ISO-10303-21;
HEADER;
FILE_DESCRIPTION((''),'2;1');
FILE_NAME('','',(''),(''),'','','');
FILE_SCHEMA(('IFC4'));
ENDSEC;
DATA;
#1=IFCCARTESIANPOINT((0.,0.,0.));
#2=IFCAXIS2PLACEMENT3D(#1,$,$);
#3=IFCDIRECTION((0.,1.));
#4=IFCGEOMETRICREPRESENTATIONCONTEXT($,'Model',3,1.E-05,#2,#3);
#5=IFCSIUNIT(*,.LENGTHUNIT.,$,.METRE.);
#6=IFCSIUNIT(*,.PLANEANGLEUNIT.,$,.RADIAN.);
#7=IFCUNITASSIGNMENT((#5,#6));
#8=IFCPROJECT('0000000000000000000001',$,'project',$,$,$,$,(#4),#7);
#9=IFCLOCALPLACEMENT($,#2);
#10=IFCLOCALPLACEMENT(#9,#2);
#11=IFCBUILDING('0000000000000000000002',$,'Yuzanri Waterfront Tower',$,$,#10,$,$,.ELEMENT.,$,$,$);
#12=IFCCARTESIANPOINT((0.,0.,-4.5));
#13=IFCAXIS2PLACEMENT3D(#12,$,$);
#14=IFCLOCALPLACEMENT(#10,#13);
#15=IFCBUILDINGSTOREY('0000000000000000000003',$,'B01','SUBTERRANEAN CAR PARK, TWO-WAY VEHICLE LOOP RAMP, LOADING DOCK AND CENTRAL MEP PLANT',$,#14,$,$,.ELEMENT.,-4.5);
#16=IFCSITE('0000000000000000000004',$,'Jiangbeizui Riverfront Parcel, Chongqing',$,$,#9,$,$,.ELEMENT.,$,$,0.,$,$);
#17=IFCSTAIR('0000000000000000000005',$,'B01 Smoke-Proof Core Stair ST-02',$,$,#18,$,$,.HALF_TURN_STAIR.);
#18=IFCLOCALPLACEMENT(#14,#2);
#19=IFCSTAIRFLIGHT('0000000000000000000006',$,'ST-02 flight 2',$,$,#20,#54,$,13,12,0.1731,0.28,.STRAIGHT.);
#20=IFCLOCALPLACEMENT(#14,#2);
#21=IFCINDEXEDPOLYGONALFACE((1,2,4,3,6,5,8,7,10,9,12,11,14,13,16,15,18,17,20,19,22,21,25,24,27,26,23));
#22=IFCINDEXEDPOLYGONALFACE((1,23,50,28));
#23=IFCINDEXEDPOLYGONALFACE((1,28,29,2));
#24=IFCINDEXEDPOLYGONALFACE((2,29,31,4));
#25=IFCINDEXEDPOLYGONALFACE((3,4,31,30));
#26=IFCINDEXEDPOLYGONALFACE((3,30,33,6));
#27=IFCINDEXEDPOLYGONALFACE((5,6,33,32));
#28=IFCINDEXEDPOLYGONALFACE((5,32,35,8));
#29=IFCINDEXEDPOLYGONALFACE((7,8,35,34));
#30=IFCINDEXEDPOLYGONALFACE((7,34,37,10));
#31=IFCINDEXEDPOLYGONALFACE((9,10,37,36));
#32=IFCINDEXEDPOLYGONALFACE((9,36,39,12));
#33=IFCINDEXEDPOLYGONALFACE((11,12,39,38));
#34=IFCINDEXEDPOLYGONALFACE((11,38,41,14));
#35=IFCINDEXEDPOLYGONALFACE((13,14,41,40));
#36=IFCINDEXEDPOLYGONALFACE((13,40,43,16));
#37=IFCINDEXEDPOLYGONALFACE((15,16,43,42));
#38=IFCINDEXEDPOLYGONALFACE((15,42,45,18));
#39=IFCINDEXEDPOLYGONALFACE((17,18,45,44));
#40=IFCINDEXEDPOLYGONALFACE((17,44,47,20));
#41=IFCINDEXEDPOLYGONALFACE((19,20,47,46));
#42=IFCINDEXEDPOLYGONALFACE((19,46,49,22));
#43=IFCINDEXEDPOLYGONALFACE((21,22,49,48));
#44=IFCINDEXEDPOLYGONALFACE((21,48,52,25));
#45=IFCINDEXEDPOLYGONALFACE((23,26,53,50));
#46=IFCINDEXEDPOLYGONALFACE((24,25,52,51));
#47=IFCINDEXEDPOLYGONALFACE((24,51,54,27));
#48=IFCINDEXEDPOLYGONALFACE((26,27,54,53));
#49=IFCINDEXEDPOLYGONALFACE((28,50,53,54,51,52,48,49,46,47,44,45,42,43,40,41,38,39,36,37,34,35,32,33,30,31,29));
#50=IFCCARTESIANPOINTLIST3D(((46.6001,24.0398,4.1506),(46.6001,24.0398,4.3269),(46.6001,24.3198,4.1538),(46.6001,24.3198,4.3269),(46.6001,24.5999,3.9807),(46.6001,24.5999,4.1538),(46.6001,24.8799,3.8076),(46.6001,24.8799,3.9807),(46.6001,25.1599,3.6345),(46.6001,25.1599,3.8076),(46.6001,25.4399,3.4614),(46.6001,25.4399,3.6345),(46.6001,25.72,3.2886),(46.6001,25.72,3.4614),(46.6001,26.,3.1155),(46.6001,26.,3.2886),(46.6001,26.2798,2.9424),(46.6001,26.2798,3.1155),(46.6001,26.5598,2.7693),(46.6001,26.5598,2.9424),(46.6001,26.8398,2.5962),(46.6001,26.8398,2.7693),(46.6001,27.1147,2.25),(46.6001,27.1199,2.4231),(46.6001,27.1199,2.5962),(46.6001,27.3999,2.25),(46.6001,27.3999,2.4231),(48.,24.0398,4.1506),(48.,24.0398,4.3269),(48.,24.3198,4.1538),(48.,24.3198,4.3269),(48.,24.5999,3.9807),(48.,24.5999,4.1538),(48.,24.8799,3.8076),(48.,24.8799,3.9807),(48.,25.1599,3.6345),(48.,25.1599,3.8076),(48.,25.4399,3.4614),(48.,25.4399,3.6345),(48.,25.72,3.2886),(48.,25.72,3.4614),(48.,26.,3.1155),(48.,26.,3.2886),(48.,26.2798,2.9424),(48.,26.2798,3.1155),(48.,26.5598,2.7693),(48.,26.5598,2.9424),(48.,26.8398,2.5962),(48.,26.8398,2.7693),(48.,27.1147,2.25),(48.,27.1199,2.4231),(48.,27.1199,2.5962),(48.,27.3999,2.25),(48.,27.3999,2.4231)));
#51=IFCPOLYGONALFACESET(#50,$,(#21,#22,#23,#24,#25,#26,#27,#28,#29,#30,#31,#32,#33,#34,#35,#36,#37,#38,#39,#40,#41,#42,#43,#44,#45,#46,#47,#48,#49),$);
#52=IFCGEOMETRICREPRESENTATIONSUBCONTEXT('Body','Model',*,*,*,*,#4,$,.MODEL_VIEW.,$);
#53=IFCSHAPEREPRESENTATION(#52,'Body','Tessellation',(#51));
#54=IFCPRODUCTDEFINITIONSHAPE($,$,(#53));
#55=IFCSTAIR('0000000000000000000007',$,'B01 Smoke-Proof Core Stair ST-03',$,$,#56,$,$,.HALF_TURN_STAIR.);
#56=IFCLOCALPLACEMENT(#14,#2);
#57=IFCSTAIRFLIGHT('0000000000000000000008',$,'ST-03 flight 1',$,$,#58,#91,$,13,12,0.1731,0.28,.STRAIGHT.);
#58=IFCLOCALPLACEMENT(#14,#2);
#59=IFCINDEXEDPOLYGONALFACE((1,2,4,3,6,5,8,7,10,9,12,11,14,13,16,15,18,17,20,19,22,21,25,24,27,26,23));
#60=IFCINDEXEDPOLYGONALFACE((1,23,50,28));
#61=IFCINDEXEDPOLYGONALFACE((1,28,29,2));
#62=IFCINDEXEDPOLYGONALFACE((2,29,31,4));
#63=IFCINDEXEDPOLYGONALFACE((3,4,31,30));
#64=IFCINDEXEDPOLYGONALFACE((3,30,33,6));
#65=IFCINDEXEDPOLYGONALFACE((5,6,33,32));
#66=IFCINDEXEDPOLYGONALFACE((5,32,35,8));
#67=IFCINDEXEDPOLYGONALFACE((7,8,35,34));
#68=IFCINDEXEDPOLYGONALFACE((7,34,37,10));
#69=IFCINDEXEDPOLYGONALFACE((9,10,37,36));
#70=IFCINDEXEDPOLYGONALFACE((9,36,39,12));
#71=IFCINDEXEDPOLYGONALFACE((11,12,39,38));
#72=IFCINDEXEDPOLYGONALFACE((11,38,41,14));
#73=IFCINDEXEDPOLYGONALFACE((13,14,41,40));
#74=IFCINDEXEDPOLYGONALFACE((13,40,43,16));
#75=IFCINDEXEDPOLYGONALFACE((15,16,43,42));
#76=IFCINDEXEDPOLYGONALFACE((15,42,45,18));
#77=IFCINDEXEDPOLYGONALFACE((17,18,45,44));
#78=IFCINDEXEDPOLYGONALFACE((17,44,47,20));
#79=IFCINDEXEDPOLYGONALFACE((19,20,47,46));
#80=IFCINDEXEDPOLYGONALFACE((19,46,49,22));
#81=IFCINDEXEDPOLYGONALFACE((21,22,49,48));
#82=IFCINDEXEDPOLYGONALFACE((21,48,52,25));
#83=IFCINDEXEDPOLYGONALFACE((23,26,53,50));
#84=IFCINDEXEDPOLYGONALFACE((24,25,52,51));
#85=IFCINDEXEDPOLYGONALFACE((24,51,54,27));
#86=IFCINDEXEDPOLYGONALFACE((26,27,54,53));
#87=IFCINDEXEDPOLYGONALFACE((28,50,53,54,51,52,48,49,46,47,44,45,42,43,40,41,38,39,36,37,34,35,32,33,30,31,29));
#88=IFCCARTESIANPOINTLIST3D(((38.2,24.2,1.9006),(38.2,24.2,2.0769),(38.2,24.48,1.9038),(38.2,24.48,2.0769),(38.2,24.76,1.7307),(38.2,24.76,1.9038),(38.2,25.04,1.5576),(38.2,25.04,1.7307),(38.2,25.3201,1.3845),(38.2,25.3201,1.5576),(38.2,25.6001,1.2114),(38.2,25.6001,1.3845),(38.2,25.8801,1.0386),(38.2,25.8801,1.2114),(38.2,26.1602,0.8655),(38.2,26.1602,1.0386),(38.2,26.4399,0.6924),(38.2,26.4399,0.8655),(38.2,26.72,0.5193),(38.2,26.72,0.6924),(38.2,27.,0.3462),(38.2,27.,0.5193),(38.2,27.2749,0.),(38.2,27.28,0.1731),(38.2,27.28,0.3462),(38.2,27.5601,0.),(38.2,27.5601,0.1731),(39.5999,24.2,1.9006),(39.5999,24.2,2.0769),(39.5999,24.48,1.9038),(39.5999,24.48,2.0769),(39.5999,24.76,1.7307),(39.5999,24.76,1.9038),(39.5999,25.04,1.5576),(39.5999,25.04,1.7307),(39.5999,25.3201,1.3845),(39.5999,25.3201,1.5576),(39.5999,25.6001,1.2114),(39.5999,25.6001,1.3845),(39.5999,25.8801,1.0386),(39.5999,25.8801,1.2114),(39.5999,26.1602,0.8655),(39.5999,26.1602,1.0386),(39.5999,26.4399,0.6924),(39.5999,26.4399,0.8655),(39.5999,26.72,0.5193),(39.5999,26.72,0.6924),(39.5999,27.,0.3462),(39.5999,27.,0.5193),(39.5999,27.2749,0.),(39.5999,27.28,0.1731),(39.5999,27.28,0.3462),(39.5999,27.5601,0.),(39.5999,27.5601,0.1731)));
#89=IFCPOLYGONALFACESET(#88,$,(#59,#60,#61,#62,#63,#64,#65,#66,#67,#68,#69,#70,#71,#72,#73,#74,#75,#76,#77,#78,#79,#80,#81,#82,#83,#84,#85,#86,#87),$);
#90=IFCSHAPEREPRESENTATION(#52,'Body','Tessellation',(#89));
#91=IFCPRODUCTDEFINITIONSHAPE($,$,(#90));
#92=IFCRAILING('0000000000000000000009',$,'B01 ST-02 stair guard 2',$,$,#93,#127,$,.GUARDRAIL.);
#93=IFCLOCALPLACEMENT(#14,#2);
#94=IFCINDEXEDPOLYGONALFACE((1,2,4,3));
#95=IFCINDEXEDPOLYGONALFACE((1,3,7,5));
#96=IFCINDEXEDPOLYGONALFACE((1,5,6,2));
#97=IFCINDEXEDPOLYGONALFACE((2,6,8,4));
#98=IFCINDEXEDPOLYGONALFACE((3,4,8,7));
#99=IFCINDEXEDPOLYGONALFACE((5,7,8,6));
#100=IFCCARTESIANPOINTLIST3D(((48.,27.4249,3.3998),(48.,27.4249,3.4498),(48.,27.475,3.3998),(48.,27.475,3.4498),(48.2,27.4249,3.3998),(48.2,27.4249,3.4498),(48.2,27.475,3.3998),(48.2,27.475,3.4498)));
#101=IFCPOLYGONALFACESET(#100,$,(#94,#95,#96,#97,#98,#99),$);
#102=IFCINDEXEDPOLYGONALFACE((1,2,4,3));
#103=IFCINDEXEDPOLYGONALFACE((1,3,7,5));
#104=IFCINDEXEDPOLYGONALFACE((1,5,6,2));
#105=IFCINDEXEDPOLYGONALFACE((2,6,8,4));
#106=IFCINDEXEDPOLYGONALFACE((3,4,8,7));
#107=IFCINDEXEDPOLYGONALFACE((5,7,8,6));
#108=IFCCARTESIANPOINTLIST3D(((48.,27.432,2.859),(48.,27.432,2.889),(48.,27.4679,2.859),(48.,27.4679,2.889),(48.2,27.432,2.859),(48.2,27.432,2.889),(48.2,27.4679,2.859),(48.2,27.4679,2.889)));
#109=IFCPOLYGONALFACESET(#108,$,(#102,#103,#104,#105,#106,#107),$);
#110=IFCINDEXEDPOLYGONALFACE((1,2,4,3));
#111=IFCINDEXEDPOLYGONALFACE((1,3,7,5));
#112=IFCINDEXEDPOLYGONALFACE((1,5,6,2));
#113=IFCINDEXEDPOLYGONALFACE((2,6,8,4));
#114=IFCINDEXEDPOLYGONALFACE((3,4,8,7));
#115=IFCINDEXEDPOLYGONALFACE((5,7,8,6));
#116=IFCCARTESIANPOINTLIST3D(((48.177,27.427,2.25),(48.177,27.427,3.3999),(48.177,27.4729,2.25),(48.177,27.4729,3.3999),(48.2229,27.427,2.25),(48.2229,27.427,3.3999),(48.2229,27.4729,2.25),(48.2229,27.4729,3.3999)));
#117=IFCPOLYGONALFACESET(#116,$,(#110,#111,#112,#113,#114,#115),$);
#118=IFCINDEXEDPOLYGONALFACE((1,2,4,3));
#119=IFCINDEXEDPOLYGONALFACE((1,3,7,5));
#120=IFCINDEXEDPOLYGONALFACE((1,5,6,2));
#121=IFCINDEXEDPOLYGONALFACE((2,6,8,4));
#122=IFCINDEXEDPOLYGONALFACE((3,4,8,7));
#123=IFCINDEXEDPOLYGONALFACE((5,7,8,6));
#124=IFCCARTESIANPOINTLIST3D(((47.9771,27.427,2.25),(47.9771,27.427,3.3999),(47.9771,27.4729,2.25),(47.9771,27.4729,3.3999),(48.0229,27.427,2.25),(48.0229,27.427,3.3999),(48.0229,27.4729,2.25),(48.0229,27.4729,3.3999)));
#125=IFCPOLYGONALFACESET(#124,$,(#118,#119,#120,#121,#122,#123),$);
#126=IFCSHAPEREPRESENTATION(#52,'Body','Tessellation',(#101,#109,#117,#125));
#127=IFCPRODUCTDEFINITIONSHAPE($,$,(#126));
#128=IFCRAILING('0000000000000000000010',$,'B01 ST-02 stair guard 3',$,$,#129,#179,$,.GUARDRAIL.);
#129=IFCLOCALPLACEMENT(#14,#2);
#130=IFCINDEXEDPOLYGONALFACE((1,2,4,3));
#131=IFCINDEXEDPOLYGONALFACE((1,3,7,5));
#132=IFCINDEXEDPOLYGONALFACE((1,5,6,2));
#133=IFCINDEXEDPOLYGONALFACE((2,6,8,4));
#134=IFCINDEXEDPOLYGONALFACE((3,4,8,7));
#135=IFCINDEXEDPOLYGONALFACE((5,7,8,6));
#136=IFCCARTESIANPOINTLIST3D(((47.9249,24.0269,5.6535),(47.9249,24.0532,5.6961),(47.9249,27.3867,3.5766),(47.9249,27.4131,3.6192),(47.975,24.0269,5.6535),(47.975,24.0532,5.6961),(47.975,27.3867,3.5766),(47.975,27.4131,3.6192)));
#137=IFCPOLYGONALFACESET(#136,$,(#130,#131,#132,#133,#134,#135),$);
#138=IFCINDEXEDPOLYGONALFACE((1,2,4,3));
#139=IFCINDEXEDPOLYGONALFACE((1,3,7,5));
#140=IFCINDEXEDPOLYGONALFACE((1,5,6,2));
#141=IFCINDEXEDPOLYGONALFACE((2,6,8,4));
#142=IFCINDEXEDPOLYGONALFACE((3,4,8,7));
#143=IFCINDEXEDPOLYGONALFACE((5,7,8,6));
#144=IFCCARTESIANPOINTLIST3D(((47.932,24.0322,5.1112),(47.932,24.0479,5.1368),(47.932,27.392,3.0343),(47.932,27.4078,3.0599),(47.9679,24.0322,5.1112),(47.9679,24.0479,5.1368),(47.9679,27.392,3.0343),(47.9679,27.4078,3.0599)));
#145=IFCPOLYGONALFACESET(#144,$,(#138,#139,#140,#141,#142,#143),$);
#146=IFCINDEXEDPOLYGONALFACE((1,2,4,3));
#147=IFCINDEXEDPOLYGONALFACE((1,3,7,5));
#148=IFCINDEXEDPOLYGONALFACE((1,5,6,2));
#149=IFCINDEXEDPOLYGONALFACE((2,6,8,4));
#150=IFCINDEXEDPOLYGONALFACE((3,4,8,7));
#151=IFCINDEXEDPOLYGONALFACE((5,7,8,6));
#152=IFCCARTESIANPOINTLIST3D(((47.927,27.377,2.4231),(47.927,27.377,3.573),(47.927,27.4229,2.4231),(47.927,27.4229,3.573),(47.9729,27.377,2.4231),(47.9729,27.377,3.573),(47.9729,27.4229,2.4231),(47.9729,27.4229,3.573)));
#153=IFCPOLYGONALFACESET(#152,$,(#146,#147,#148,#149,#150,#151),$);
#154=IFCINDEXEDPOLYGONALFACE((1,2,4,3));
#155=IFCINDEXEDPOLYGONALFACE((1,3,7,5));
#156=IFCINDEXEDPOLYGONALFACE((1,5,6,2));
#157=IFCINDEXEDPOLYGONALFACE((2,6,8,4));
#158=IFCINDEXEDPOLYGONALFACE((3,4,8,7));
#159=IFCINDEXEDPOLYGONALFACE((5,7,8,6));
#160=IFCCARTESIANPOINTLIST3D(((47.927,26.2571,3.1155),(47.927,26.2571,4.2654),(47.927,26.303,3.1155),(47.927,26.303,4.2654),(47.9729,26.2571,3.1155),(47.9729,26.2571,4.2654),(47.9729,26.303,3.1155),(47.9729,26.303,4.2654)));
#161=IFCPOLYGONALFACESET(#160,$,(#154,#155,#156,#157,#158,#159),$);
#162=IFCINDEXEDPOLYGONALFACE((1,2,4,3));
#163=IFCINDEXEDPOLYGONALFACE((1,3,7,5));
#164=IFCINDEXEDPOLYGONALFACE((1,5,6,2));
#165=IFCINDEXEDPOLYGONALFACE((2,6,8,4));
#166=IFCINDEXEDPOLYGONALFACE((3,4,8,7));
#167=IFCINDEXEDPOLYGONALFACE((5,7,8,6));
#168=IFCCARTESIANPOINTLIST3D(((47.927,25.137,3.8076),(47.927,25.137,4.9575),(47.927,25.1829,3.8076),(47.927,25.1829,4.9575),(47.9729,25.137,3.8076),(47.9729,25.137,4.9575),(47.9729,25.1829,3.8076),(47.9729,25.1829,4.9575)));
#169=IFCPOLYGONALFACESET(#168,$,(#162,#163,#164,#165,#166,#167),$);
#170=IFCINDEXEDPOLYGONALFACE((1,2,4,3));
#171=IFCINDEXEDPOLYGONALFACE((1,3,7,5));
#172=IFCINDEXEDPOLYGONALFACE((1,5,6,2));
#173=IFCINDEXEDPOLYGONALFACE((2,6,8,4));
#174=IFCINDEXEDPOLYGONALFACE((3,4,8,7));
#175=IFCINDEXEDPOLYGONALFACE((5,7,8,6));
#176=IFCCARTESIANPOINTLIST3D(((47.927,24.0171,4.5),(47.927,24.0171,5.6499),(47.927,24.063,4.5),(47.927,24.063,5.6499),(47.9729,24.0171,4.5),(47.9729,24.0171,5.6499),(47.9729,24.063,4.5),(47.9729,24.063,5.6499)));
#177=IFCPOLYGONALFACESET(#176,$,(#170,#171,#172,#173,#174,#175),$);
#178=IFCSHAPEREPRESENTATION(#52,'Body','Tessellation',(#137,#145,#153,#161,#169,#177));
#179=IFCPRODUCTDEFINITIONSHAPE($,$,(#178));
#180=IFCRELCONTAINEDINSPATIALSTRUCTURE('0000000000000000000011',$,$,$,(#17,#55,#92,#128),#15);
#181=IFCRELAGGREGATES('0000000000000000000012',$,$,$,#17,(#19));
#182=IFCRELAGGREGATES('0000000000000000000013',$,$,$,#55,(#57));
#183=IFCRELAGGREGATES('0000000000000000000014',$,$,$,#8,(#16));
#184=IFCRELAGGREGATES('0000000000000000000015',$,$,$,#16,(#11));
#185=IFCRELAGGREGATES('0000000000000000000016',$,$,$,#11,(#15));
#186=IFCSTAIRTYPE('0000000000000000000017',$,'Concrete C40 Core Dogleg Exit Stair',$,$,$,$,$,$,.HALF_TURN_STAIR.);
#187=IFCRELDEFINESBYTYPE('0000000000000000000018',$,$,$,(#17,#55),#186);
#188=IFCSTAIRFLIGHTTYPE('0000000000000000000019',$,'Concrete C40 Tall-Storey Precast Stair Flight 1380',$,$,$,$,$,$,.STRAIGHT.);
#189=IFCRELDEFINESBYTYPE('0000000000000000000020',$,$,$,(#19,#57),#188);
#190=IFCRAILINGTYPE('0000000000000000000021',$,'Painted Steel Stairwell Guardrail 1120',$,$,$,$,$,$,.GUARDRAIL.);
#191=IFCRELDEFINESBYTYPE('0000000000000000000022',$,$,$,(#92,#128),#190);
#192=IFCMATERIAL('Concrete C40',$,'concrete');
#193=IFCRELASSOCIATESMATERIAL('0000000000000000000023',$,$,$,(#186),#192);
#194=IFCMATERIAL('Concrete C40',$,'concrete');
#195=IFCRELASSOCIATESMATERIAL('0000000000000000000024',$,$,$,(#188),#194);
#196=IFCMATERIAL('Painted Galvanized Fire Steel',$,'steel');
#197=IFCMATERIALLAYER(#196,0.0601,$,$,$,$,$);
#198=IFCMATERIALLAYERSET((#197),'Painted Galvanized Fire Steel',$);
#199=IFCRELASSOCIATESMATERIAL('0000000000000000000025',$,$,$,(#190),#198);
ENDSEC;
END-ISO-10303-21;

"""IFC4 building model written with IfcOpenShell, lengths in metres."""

from ifc_helpers import new_model, si_unit, direction, frame, origin, origin_2d, place, context, subcontext, project, spatial, polyline, rectangle, outline, extrude, source, transform, mapped, material, layer, layer_set, type_object, element, aggregate, save


model = new_model("IFC4")

# Units and contexts
model_context = context("Model", 3, precision=1e-05, world=origin(), true_north=direction((0.0, 1.0)))
body_context = subcontext(model_context, "Body", "Model", "MODEL_VIEW")
ifc_project = project(units=[si_unit("LENGTHUNIT", "METRE"), si_unit("PLANEANGLEUNIT", "RADIAN")], contexts=[model_context])

# Site, building, storey
site_placement = place(None, origin())
site = spatial("IfcSite", under=ifc_project, at=site_placement, Name="Jiangbeizui Riverfront Parcel, Chongqing", CompositionType="ELEMENT", RefElevation=0.0)
building_placement = place(site_placement, origin())
building = spatial("IfcBuilding", under=site, at=building_placement, Name="Yuzanri Waterfront Tower", CompositionType="ELEMENT")
storey_placement = place(building_placement, frame((0.0, 0.0, -4.5)))
storey = spatial("IfcBuildingStorey", under=building, at=storey_placement, Name="B01", Description="SUBTERRANEAN CAR PARK, TWO-WAY VEHICLE LOOP RAMP, LOADING DOCK AND CENTRAL MEP PLANT", CompositionType="ELEMENT", Elevation=-4.5)

# Stairs, stair flights
ifc_material_1 = material(Name="Concrete C40", Category="concrete")
stair_type = type_object("IfcStairType", Name="Concrete C40 Core Dogleg Exit Stair", PredefinedType="HALF_TURN_STAIR", material=ifc_material_1)
stair_1_placement = place(storey_placement, origin())
stair_1 = element("IfcStair", 1, at=stair_1_placement, inside=storey, type_object=stair_type, Name="B01 Smoke-Proof Core Stair ST-02", PredefinedType="HALF_TURN_STAIR")
ifc_material_2 = material(Name="Concrete C40", Category="concrete")
stair_flight_type = type_object("IfcStairFlightType", Name="Concrete C40 Tall-Storey Precast Stair Flight 1380", PredefinedType="STRAIGHT", material=ifc_material_2)
shared_shape_1 = source(origin(), body_context, "Body", "SweptSolid", [
    extrude(outline(polyline([(0.0, 0.0), (0.0, 0.1731), (0.28, 0.1731), (0.28, 0.3462), (0.5601, 0.3462), (0.5601, 0.5193), (0.8401, 0.5193), (0.8401, 0.6924), (1.1201, 0.6924), (1.1201, 0.8655), (1.3999, 0.8655), (1.3999, 1.0386), (1.6799, 1.0386), (1.6799, 1.2114), (1.96, 1.2114), (1.96, 1.3845), (2.24, 1.3845), (2.24, 1.5576), (2.52, 1.5576), (2.52, 1.7307), (2.8, 1.7307), (2.8, 1.9038), (3.0801, 1.9038), (3.0801, 2.0769), (3.3601, 2.0769), (3.3601, 2.25), (3.3601, 1.9006), (0.2852, 0.0), (0.0, 0.0)])), frame((0.0, 0.7, 0.0), z_axis=(0.0, -1.0, 0.0), x_axis=(1.0, 0.0, 0.0)), (0.0, 0.0, 1.0), 1.3999),
])
stair_flight_1_placement = place(storey_placement, frame((47.3, 27.3999, 2.25), z_axis=(0.0, 0.0, 1.0), x_axis=(0.0, -1.0, 0.0)))
stair_flight_1 = element("IfcStairFlight", 2, at=stair_flight_1_placement, type_object=stair_flight_type, Name="ST-02 flight 2", NumberOfRisers=13, NumberOfTreads=12, PredefinedType="STRAIGHT", RiserHeight=0.1731, TreadLength=0.28, context=body_context, shape_type="MappedRepresentation", body=[
    mapped(shared_shape_1, transform((0.0, 0.0, 0.0), scale=1.0)),
])
aggregate(stair_1, [stair_flight_1])
stair_2_placement = place(storey_placement, origin())
stair_2 = element("IfcStair", 3, at=stair_2_placement, inside=storey, type_object=stair_type, Name="B01 Smoke-Proof Core Stair ST-03", PredefinedType="HALF_TURN_STAIR")
stair_flight_2_placement = place(storey_placement, frame((38.8999, 27.5601, 0.0), z_axis=(0.0, 0.0, 1.0), x_axis=(0.0, -1.0, 0.0)))
stair_flight_2 = element("IfcStairFlight", 4, at=stair_flight_2_placement, type_object=stair_flight_type, Name="ST-03 flight 1", NumberOfRisers=13, NumberOfTreads=12, PredefinedType="STRAIGHT", RiserHeight=0.1731, TreadLength=0.28, context=body_context, shape_type="MappedRepresentation", body=[
    mapped(shared_shape_1, transform((0.0, 0.0, 0.0), scale=1.0)),
])
aggregate(stair_2, [stair_flight_2])

# Railings
ifc_material_3 = material(Name="Painted Galvanized Fire Steel", Category="steel")
ifc_layer_1 = layer(ifc_material_3, 0.0601)
ifc_layer_set_1 = layer_set([ifc_layer_1], Name="Painted Galvanized Fire Steel")
railing_type_1 = type_object("IfcRailingType", Name="Painted Steel Stairwell Guardrail 1120", PredefinedType="GUARDRAIL", material=ifc_layer_set_1)
shared_shape_2 = source(origin(), body_context, "Body", "SweptSolid", [
    extrude(rectangle(XDim=0.05, YDim=0.05, at=origin_2d()), frame((0.0, 0.0, 1.1748), z_axis=(-1.0, 0.0, 0.0), x_axis=(0.0, -1.0, 0.0)), (0.0, 0.0, 1.0), 0.2),
    extrude(rectangle(XDim=0.0359, YDim=0.03, at=origin_2d()), frame((0.0, 0.0, 0.624), z_axis=(-1.0, 0.0, 0.0), x_axis=(0.0, -1.0, 0.0)), (0.0, 0.0, 1.0), 0.2),
    extrude(rectangle(XDim=0.0459, YDim=0.0459, at=origin_2d()), origin(), (0.0, 0.0, 1.0), 1.1499),
    extrude(rectangle(XDim=0.0459, YDim=0.0459, at=origin_2d()), frame((-0.2, 0.0, 0.0)), (0.0, 0.0, 1.0), 1.1499),
])
railing_1_placement = place(storey_placement, frame((48.2, 27.45, 2.25)))
element("IfcRailing", 5, at=railing_1_placement, inside=storey, type_object=railing_type_1, Name="B01 ST-02 stair guard 2", PredefinedType="GUARDRAIL", context=body_context, shape_type="MappedRepresentation", body=[
    mapped(shared_shape_2, transform((0.0, 0.0, 0.0), scale=1.0)),
])
shared_shape_3 = source(origin(), body_context, "Body", "SweptSolid", [
    extrude(rectangle(XDim=0.05, YDim=0.05, at=origin_2d()), frame((0.0, 0.0, 1.1748), z_axis=(0.0, -0.850606, 0.525803), x_axis=(1.0, 0.0, 0.0)), (0.0, 0.0, 1.0), 3.95),
    extrude(rectangle(XDim=0.0359, YDim=0.03, at=origin_2d()), frame((0.0, 0.0, 0.624), z_axis=(0.0, -0.850606, 0.525803), x_axis=(1.0, 0.0, 0.0)), (0.0, 0.0, 1.0), 3.95),
    extrude(rectangle(XDim=0.0459, YDim=0.0459, at=origin_2d()), origin(), (0.0, 0.0, 1.0), 1.1499),
    extrude(rectangle(XDim=0.0459, YDim=0.0459, at=origin_2d()), frame((0.0, -1.1199, 0.6924)), (0.0, 0.0, 1.0), 1.1499),
    extrude(rectangle(XDim=0.0459, YDim=0.0459, at=origin_2d()), frame((0.0, -2.24, 1.3845)), (0.0, 0.0, 1.0), 1.1499),
    extrude(rectangle(XDim=0.0459, YDim=0.0459, at=origin_2d()), frame((0.0, -3.3599, 2.0769)), (0.0, 0.0, 1.0), 1.1499),
])
railing_2_placement = place(storey_placement, frame((47.95, 27.3999, 2.4231)))
element("IfcRailing", 6, at=railing_2_placement, inside=storey, type_object=railing_type_1, Name="B01 ST-02 stair guard 3", PredefinedType="GUARDRAIL", context=body_context, shape_type="MappedRepresentation", body=[
    mapped(shared_shape_3, transform((0.0, 0.0, 0.0), scale=1.0)),
])

save(model, "model.ifc")
